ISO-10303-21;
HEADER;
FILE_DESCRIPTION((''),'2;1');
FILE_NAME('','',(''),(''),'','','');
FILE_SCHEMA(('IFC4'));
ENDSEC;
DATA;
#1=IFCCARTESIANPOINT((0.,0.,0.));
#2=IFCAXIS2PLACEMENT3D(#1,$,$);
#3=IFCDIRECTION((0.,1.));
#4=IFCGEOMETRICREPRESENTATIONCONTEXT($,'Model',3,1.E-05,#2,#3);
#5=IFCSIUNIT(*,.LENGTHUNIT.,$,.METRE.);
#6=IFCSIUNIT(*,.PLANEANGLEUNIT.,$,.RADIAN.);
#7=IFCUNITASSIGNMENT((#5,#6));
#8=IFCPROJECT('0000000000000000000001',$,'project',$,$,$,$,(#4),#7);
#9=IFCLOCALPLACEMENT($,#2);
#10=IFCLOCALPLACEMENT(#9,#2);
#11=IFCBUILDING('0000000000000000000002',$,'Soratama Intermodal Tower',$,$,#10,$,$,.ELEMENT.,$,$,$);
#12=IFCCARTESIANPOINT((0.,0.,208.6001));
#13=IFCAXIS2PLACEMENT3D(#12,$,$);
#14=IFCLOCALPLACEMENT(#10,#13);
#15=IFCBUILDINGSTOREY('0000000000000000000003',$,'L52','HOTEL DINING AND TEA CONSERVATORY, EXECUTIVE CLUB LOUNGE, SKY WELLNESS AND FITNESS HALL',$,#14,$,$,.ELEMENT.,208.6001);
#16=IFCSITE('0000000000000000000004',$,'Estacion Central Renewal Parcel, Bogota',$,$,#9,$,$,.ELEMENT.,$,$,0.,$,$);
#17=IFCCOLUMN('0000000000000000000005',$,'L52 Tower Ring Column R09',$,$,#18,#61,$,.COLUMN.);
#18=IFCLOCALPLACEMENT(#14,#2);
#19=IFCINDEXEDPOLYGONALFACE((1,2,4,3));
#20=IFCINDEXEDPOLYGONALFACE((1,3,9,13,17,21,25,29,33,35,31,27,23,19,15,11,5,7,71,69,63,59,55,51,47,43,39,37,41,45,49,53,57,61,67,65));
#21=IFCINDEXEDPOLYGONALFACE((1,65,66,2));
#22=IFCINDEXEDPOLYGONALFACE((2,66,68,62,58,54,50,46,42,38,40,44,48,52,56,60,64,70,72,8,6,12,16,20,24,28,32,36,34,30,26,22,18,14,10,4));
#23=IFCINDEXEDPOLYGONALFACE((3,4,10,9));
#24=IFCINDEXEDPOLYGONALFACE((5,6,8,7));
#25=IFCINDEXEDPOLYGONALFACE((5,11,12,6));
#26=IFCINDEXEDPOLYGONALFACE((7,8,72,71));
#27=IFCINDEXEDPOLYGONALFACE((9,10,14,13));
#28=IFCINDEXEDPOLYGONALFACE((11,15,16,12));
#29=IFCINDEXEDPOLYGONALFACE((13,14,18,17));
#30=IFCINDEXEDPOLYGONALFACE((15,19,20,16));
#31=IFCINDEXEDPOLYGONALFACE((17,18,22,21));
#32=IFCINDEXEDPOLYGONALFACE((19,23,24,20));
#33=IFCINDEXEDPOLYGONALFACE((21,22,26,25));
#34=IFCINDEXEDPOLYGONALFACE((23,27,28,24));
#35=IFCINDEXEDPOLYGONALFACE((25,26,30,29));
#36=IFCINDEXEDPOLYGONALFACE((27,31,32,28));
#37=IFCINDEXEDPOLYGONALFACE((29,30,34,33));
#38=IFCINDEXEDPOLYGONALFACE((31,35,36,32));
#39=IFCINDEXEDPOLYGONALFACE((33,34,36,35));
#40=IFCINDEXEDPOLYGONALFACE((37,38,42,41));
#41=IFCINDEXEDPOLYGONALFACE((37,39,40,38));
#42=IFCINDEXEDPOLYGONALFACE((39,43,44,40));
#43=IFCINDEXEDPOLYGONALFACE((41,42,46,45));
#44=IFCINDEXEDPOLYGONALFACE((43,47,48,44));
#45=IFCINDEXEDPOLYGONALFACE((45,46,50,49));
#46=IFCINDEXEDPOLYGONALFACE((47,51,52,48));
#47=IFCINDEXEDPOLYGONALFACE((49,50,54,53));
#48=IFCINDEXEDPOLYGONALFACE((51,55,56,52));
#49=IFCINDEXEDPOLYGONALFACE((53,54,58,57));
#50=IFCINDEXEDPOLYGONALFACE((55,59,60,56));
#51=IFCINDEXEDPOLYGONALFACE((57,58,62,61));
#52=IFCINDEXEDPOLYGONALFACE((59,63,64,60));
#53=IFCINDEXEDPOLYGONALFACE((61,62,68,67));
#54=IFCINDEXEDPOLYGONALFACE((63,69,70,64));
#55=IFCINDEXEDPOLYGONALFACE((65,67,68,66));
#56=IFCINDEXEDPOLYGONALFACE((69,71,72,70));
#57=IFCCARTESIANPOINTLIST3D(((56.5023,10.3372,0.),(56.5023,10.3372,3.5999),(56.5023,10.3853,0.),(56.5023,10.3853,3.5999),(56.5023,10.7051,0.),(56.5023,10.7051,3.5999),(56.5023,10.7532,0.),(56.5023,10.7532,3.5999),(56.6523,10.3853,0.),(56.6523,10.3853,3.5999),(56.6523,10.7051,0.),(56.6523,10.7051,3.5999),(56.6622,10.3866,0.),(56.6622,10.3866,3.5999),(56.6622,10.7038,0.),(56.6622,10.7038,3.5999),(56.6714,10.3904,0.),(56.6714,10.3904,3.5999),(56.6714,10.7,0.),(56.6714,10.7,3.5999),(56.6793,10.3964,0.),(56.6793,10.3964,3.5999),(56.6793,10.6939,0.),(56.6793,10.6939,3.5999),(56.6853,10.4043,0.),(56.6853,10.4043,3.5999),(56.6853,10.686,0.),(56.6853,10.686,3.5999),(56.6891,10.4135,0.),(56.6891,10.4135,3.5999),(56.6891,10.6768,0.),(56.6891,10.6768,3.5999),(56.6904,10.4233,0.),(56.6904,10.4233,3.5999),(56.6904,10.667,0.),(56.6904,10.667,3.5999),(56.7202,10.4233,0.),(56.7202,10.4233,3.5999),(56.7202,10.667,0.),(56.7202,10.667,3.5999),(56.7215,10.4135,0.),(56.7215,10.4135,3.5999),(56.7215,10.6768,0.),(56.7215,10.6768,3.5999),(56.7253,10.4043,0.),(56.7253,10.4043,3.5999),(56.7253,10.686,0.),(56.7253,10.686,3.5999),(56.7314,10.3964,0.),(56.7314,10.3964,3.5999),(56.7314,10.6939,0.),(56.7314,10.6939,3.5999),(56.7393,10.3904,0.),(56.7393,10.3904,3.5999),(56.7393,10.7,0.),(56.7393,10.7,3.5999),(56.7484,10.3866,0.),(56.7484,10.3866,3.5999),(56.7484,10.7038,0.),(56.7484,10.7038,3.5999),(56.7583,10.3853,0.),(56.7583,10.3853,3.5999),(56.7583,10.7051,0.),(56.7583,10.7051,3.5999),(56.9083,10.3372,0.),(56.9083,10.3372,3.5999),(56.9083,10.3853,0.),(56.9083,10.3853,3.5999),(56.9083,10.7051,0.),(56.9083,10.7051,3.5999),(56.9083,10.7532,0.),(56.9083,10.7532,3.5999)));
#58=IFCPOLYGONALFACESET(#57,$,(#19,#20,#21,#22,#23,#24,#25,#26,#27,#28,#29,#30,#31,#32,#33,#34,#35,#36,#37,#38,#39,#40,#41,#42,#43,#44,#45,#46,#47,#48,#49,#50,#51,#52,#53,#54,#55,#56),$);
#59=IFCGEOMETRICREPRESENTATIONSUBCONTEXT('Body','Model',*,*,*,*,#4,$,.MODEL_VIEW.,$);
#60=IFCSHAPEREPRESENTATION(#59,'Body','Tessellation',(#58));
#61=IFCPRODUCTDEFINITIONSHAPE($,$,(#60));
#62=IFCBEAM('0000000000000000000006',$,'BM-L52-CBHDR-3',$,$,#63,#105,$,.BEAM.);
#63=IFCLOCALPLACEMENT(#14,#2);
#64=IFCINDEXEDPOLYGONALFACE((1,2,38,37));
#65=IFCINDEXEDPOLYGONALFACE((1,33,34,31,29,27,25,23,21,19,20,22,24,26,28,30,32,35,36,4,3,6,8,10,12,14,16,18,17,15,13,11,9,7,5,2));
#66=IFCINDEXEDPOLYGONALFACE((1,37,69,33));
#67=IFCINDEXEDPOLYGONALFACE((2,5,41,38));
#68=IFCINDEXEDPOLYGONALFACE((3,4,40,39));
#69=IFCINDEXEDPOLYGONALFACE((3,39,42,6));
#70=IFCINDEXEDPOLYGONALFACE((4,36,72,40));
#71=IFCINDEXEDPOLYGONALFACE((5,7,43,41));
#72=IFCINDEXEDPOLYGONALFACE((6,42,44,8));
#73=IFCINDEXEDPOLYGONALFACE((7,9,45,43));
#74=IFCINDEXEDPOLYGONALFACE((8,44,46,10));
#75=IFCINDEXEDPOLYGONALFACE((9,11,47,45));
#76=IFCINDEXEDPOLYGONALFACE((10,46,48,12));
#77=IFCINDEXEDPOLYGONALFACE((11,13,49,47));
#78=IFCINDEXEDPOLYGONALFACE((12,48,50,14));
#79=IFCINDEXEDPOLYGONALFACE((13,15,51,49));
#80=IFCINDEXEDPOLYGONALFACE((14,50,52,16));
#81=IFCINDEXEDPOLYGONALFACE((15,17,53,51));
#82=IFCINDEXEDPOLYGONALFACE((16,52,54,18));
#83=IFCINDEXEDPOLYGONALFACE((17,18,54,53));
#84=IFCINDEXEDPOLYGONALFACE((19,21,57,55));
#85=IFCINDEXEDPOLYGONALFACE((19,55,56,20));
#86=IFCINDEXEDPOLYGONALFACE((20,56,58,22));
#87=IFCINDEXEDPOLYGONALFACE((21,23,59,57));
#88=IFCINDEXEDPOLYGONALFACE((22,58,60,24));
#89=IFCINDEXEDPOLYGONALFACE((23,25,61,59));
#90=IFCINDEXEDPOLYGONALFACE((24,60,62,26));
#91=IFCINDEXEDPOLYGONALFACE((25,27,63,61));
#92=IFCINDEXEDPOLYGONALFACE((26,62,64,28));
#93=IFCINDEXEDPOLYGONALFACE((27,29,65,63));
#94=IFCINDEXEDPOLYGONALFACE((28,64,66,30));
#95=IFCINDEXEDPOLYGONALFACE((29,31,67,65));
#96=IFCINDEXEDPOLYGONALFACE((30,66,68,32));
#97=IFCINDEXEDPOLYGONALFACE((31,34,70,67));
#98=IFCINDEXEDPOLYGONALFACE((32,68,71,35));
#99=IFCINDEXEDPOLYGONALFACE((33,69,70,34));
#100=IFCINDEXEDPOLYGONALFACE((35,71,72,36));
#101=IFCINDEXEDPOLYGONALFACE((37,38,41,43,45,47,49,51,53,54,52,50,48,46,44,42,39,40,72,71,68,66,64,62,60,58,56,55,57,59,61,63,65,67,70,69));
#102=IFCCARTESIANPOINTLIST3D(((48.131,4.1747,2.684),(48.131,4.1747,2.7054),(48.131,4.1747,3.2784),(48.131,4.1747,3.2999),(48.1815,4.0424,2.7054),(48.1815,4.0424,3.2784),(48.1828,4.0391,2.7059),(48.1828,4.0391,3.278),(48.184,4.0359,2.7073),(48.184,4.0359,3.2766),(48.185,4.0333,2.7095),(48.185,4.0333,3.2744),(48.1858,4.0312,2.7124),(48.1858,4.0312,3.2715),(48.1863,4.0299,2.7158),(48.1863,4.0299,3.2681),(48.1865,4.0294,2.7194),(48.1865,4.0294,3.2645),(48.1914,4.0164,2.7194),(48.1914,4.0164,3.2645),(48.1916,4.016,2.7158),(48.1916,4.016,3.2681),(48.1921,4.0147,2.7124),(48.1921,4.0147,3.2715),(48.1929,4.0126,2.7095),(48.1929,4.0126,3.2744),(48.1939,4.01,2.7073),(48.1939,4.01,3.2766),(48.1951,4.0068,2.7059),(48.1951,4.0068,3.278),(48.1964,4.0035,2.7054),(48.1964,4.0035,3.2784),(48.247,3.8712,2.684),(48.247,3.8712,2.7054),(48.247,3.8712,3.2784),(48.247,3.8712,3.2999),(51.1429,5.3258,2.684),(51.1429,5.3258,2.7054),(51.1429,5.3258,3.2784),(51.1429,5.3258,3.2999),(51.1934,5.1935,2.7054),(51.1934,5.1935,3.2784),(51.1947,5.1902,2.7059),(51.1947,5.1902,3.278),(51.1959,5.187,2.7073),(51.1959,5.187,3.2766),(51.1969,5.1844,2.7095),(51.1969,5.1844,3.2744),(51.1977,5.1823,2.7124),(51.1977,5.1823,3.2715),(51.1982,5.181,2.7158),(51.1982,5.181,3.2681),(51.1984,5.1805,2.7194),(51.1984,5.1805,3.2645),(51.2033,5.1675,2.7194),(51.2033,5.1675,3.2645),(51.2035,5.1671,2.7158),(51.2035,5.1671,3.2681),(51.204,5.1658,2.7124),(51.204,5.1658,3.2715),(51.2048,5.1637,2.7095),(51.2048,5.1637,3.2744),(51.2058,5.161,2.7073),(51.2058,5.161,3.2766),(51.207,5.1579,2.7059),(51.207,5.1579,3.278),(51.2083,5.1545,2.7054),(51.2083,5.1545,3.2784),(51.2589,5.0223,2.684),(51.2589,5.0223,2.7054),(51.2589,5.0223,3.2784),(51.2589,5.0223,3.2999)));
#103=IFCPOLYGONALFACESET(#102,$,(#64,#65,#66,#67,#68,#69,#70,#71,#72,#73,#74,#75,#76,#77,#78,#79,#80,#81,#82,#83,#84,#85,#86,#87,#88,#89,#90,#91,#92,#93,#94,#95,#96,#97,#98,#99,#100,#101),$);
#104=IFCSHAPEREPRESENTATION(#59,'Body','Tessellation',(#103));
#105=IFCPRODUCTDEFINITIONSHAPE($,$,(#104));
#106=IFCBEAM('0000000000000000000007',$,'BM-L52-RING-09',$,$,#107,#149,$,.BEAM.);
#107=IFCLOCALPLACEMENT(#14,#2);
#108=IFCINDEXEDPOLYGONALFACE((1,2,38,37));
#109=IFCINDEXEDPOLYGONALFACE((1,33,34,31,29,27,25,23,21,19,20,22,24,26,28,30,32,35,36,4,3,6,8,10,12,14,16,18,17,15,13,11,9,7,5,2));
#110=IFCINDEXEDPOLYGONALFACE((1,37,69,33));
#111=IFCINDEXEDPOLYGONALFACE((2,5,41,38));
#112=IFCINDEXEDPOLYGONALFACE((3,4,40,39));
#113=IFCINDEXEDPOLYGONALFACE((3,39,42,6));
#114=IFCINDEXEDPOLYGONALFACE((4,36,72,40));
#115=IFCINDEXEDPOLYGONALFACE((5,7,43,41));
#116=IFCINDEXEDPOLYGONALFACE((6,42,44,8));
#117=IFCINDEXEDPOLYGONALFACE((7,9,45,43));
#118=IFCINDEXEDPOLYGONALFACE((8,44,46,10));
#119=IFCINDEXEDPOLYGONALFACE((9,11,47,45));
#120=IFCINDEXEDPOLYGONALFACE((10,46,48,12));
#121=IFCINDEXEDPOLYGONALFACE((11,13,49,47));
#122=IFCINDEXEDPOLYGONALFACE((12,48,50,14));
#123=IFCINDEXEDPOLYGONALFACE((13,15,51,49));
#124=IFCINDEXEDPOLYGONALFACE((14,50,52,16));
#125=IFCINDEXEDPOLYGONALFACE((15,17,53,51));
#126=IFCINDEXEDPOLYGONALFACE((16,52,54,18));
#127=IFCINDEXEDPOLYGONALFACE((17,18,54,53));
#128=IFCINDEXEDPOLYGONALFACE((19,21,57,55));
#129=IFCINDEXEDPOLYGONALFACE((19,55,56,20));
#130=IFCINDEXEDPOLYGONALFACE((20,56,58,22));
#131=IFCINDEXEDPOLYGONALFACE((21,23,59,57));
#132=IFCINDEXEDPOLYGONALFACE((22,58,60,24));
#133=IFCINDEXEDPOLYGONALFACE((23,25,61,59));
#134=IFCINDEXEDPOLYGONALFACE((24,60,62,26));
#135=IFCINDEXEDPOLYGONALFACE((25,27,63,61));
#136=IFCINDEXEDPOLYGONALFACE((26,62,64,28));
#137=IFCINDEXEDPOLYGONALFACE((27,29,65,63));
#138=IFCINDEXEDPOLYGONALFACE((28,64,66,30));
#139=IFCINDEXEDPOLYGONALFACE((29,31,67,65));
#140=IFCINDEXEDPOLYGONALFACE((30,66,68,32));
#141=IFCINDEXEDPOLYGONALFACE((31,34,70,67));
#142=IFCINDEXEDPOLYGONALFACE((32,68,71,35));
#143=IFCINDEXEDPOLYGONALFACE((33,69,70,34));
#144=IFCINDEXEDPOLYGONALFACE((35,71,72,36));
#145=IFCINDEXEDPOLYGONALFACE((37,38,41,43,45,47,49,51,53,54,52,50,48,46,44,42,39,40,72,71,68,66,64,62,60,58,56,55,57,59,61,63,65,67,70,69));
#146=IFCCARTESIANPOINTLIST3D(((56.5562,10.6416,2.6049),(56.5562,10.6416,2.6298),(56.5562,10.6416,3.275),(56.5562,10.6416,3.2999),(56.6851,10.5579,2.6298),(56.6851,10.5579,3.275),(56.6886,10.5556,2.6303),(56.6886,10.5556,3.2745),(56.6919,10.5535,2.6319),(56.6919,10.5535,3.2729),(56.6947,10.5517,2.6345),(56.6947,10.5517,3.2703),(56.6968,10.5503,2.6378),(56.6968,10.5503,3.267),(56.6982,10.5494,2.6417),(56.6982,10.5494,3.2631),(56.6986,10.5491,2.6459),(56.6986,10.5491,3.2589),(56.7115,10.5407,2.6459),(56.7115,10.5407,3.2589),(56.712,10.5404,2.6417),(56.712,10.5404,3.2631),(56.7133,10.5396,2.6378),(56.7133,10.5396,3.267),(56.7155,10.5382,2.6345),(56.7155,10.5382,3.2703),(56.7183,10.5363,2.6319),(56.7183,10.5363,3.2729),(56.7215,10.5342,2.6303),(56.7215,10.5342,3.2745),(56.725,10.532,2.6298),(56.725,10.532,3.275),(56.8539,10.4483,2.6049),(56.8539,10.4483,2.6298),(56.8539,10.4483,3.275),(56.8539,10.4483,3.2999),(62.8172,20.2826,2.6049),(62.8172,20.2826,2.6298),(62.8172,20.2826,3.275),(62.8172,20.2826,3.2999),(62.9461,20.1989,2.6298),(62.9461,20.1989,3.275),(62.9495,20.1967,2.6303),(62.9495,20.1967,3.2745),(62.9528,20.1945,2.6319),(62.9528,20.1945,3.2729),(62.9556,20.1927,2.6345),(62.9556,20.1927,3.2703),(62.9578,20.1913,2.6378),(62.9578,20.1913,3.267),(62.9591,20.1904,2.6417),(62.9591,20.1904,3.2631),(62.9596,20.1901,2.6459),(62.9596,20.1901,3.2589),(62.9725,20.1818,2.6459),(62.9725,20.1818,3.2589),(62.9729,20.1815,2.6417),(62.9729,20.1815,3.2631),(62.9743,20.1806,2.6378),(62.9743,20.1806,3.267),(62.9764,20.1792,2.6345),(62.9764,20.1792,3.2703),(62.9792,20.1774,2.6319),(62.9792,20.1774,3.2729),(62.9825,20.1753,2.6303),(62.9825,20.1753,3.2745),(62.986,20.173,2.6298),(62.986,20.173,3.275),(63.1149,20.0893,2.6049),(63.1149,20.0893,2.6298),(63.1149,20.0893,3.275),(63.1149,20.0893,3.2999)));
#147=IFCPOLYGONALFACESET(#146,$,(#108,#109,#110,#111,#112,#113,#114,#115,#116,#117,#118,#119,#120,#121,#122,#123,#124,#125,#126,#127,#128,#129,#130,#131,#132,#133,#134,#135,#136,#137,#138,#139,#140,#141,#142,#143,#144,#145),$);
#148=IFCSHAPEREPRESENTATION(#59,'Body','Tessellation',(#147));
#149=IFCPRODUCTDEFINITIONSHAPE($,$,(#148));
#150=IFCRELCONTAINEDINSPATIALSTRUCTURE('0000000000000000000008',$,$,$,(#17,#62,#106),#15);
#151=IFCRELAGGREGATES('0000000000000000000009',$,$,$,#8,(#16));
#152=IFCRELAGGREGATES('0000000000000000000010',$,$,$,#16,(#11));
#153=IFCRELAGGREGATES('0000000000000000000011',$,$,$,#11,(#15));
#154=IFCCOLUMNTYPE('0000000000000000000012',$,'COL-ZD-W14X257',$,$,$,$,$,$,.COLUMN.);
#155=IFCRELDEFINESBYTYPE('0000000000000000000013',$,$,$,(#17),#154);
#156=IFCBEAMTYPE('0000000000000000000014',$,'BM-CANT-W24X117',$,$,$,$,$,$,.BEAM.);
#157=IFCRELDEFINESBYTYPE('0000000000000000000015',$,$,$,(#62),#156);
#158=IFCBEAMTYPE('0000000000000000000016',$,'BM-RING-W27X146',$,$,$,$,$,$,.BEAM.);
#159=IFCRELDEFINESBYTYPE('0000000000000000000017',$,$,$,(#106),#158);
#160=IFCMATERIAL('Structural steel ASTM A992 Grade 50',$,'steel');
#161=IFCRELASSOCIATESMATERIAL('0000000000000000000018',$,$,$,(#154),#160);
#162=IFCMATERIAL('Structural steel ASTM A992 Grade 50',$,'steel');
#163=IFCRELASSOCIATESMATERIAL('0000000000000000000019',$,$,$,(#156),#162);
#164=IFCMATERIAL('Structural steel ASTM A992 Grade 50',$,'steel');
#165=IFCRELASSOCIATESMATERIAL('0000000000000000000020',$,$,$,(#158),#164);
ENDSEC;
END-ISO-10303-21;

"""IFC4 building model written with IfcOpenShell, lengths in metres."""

from ifc_helpers import new_model, si_unit, direction, frame, origin, origin_2d, place, context, subcontext, project, spatial, i_section, extrude, material, material_profile, profile_set, type_object, element, save


model = new_model("IFC4")

# Units and contexts
model_context = context("Model", 3, precision=1e-05, world=origin(), true_north=direction((0.0, 1.0)))
body_context = subcontext(model_context, "Body", "Model", "MODEL_VIEW")
ifc_project = project(units=[si_unit("LENGTHUNIT", "METRE"), si_unit("PLANEANGLEUNIT", "RADIAN")], contexts=[model_context])

# Site, building, storey
site_placement = place(None, origin())
site = spatial("IfcSite", under=ifc_project, at=site_placement, Name="Estacion Central Renewal Parcel, Bogota", CompositionType="ELEMENT", RefElevation=0.0)
building_placement = place(site_placement, origin())
building = spatial("IfcBuilding", under=site, at=building_placement, Name="Soratama Intermodal Tower", CompositionType="ELEMENT")
storey_placement = place(building_placement, frame((0.0, 0.0, 208.6001)))
storey = spatial("IfcBuildingStorey", under=building, at=storey_placement, Name="L52", Description="HOTEL DINING AND TEA CONSERVATORY, EXECUTIVE CLUB LOUNGE, SKY WELLNESS AND FITNESS HALL", CompositionType="ELEMENT", Elevation=208.6001)

# Column
ifc_material_1 = material(Name="Structural steel ASTM A992 Grade 50", Category="steel")
ifc_material_profile_1 = material_profile(ifc_material_1, i_section(OverallWidth=0.406, OverallDepth=0.416, WebThickness=0.0298, FlangeThickness=0.0481, FilletRadius=0.0381, at=origin_2d()), Name="W14X257")
ifc_profile_set_1 = profile_set([ifc_material_profile_1], Name="Structural steel ASTM A992 Grade 50")
column_type = type_object("IfcColumnType", Name="COL-ZD-W14X257", PredefinedType="COLUMN", material=ifc_profile_set_1)
column_placement = place(storey_placement, frame((56.7053, 10.5452, 0.0), z_axis=(0.0, 0.0, 1.0), x_axis=(1.0, 0.0, 0.0)))
element("IfcColumn", 1, at=column_placement, inside=storey, type_object=column_type, Name="L52 Tower Ring Column R09", PredefinedType="COLUMN", context=body_context, shape_type="SweptSolid", body=[
    extrude(i_section(OverallWidth=0.406, OverallDepth=0.416, WebThickness=0.0298, FlangeThickness=0.0481, FilletRadius=0.0381, at=origin_2d()), origin(), (0.0, 0.0, 1.0), 3.5999),
])

# Beams
ifc_material_2 = material(Name="Structural steel ASTM A992 Grade 50", Category="steel")
ifc_material_profile_2 = material_profile(ifc_material_2, i_section(OverallWidth=0.325, OverallDepth=0.616, WebThickness=0.0139, FlangeThickness=0.0215, FilletRadius=0.0139, at=origin_2d()), Name="W24X117")
ifc_profile_set_2 = profile_set([ifc_material_profile_2], Name="Structural steel ASTM A992 Grade 50")
beam_type_1 = type_object("IfcBeamType", Name="BM-CANT-W24X117", PredefinedType="BEAM", material=ifc_profile_set_2)
beam_1_placement = place(storey_placement, frame((48.189, 4.0229, 2.9919), z_axis=(0.934105, 0.357, 0.0), x_axis=(-0.357, 0.934105, 0.0)))
element("IfcBeam", 2, at=beam_1_placement, inside=storey, type_object=beam_type_1, Name="BM-L52-CBHDR-3", PredefinedType="BEAM", context=body_context, shape_type="SweptSolid", body=[
    extrude(i_section(OverallWidth=0.325, OverallDepth=0.616, WebThickness=0.0139, FlangeThickness=0.0215, FilletRadius=0.0139, at=origin_2d()), origin(), (0.0, 0.0, 1.0), 3.2244),
])
ifc_material_3 = material(Name="Structural steel ASTM A992 Grade 50", Category="steel")
ifc_material_profile_3 = material_profile(ifc_material_3, i_section(OverallWidth=0.355, OverallDepth=0.6951, WebThickness=0.0154, FlangeThickness=0.0249, FilletRadius=0.0161, at=origin_2d()), Name="W27X146")
ifc_profile_set_3 = profile_set([ifc_material_profile_3], Name="Structural steel ASTM A992 Grade 50")
beam_type_2 = type_object("IfcBeamType", Name="BM-RING-W27X146", PredefinedType="BEAM", material=ifc_profile_set_3)
beam_2_placement = place(storey_placement, frame((56.7051, 10.5449, 2.9524), z_axis=(0.544637, 0.838672, 0.0), x_axis=(-0.838672, 0.544637, 0.0)))
element("IfcBeam", 3, at=beam_2_placement, inside=storey, type_object=beam_type_2, Name="BM-L52-RING-09", PredefinedType="BEAM", context=body_context, shape_type="SweptSolid", body=[
    extrude(i_section(OverallWidth=0.355, OverallDepth=0.6951, WebThickness=0.0154, FlangeThickness=0.0249, FilletRadius=0.0161, at=origin_2d()), origin(), (0.0, 0.0, 1.0), 11.4956),
])

save(model, "model.ifc")
